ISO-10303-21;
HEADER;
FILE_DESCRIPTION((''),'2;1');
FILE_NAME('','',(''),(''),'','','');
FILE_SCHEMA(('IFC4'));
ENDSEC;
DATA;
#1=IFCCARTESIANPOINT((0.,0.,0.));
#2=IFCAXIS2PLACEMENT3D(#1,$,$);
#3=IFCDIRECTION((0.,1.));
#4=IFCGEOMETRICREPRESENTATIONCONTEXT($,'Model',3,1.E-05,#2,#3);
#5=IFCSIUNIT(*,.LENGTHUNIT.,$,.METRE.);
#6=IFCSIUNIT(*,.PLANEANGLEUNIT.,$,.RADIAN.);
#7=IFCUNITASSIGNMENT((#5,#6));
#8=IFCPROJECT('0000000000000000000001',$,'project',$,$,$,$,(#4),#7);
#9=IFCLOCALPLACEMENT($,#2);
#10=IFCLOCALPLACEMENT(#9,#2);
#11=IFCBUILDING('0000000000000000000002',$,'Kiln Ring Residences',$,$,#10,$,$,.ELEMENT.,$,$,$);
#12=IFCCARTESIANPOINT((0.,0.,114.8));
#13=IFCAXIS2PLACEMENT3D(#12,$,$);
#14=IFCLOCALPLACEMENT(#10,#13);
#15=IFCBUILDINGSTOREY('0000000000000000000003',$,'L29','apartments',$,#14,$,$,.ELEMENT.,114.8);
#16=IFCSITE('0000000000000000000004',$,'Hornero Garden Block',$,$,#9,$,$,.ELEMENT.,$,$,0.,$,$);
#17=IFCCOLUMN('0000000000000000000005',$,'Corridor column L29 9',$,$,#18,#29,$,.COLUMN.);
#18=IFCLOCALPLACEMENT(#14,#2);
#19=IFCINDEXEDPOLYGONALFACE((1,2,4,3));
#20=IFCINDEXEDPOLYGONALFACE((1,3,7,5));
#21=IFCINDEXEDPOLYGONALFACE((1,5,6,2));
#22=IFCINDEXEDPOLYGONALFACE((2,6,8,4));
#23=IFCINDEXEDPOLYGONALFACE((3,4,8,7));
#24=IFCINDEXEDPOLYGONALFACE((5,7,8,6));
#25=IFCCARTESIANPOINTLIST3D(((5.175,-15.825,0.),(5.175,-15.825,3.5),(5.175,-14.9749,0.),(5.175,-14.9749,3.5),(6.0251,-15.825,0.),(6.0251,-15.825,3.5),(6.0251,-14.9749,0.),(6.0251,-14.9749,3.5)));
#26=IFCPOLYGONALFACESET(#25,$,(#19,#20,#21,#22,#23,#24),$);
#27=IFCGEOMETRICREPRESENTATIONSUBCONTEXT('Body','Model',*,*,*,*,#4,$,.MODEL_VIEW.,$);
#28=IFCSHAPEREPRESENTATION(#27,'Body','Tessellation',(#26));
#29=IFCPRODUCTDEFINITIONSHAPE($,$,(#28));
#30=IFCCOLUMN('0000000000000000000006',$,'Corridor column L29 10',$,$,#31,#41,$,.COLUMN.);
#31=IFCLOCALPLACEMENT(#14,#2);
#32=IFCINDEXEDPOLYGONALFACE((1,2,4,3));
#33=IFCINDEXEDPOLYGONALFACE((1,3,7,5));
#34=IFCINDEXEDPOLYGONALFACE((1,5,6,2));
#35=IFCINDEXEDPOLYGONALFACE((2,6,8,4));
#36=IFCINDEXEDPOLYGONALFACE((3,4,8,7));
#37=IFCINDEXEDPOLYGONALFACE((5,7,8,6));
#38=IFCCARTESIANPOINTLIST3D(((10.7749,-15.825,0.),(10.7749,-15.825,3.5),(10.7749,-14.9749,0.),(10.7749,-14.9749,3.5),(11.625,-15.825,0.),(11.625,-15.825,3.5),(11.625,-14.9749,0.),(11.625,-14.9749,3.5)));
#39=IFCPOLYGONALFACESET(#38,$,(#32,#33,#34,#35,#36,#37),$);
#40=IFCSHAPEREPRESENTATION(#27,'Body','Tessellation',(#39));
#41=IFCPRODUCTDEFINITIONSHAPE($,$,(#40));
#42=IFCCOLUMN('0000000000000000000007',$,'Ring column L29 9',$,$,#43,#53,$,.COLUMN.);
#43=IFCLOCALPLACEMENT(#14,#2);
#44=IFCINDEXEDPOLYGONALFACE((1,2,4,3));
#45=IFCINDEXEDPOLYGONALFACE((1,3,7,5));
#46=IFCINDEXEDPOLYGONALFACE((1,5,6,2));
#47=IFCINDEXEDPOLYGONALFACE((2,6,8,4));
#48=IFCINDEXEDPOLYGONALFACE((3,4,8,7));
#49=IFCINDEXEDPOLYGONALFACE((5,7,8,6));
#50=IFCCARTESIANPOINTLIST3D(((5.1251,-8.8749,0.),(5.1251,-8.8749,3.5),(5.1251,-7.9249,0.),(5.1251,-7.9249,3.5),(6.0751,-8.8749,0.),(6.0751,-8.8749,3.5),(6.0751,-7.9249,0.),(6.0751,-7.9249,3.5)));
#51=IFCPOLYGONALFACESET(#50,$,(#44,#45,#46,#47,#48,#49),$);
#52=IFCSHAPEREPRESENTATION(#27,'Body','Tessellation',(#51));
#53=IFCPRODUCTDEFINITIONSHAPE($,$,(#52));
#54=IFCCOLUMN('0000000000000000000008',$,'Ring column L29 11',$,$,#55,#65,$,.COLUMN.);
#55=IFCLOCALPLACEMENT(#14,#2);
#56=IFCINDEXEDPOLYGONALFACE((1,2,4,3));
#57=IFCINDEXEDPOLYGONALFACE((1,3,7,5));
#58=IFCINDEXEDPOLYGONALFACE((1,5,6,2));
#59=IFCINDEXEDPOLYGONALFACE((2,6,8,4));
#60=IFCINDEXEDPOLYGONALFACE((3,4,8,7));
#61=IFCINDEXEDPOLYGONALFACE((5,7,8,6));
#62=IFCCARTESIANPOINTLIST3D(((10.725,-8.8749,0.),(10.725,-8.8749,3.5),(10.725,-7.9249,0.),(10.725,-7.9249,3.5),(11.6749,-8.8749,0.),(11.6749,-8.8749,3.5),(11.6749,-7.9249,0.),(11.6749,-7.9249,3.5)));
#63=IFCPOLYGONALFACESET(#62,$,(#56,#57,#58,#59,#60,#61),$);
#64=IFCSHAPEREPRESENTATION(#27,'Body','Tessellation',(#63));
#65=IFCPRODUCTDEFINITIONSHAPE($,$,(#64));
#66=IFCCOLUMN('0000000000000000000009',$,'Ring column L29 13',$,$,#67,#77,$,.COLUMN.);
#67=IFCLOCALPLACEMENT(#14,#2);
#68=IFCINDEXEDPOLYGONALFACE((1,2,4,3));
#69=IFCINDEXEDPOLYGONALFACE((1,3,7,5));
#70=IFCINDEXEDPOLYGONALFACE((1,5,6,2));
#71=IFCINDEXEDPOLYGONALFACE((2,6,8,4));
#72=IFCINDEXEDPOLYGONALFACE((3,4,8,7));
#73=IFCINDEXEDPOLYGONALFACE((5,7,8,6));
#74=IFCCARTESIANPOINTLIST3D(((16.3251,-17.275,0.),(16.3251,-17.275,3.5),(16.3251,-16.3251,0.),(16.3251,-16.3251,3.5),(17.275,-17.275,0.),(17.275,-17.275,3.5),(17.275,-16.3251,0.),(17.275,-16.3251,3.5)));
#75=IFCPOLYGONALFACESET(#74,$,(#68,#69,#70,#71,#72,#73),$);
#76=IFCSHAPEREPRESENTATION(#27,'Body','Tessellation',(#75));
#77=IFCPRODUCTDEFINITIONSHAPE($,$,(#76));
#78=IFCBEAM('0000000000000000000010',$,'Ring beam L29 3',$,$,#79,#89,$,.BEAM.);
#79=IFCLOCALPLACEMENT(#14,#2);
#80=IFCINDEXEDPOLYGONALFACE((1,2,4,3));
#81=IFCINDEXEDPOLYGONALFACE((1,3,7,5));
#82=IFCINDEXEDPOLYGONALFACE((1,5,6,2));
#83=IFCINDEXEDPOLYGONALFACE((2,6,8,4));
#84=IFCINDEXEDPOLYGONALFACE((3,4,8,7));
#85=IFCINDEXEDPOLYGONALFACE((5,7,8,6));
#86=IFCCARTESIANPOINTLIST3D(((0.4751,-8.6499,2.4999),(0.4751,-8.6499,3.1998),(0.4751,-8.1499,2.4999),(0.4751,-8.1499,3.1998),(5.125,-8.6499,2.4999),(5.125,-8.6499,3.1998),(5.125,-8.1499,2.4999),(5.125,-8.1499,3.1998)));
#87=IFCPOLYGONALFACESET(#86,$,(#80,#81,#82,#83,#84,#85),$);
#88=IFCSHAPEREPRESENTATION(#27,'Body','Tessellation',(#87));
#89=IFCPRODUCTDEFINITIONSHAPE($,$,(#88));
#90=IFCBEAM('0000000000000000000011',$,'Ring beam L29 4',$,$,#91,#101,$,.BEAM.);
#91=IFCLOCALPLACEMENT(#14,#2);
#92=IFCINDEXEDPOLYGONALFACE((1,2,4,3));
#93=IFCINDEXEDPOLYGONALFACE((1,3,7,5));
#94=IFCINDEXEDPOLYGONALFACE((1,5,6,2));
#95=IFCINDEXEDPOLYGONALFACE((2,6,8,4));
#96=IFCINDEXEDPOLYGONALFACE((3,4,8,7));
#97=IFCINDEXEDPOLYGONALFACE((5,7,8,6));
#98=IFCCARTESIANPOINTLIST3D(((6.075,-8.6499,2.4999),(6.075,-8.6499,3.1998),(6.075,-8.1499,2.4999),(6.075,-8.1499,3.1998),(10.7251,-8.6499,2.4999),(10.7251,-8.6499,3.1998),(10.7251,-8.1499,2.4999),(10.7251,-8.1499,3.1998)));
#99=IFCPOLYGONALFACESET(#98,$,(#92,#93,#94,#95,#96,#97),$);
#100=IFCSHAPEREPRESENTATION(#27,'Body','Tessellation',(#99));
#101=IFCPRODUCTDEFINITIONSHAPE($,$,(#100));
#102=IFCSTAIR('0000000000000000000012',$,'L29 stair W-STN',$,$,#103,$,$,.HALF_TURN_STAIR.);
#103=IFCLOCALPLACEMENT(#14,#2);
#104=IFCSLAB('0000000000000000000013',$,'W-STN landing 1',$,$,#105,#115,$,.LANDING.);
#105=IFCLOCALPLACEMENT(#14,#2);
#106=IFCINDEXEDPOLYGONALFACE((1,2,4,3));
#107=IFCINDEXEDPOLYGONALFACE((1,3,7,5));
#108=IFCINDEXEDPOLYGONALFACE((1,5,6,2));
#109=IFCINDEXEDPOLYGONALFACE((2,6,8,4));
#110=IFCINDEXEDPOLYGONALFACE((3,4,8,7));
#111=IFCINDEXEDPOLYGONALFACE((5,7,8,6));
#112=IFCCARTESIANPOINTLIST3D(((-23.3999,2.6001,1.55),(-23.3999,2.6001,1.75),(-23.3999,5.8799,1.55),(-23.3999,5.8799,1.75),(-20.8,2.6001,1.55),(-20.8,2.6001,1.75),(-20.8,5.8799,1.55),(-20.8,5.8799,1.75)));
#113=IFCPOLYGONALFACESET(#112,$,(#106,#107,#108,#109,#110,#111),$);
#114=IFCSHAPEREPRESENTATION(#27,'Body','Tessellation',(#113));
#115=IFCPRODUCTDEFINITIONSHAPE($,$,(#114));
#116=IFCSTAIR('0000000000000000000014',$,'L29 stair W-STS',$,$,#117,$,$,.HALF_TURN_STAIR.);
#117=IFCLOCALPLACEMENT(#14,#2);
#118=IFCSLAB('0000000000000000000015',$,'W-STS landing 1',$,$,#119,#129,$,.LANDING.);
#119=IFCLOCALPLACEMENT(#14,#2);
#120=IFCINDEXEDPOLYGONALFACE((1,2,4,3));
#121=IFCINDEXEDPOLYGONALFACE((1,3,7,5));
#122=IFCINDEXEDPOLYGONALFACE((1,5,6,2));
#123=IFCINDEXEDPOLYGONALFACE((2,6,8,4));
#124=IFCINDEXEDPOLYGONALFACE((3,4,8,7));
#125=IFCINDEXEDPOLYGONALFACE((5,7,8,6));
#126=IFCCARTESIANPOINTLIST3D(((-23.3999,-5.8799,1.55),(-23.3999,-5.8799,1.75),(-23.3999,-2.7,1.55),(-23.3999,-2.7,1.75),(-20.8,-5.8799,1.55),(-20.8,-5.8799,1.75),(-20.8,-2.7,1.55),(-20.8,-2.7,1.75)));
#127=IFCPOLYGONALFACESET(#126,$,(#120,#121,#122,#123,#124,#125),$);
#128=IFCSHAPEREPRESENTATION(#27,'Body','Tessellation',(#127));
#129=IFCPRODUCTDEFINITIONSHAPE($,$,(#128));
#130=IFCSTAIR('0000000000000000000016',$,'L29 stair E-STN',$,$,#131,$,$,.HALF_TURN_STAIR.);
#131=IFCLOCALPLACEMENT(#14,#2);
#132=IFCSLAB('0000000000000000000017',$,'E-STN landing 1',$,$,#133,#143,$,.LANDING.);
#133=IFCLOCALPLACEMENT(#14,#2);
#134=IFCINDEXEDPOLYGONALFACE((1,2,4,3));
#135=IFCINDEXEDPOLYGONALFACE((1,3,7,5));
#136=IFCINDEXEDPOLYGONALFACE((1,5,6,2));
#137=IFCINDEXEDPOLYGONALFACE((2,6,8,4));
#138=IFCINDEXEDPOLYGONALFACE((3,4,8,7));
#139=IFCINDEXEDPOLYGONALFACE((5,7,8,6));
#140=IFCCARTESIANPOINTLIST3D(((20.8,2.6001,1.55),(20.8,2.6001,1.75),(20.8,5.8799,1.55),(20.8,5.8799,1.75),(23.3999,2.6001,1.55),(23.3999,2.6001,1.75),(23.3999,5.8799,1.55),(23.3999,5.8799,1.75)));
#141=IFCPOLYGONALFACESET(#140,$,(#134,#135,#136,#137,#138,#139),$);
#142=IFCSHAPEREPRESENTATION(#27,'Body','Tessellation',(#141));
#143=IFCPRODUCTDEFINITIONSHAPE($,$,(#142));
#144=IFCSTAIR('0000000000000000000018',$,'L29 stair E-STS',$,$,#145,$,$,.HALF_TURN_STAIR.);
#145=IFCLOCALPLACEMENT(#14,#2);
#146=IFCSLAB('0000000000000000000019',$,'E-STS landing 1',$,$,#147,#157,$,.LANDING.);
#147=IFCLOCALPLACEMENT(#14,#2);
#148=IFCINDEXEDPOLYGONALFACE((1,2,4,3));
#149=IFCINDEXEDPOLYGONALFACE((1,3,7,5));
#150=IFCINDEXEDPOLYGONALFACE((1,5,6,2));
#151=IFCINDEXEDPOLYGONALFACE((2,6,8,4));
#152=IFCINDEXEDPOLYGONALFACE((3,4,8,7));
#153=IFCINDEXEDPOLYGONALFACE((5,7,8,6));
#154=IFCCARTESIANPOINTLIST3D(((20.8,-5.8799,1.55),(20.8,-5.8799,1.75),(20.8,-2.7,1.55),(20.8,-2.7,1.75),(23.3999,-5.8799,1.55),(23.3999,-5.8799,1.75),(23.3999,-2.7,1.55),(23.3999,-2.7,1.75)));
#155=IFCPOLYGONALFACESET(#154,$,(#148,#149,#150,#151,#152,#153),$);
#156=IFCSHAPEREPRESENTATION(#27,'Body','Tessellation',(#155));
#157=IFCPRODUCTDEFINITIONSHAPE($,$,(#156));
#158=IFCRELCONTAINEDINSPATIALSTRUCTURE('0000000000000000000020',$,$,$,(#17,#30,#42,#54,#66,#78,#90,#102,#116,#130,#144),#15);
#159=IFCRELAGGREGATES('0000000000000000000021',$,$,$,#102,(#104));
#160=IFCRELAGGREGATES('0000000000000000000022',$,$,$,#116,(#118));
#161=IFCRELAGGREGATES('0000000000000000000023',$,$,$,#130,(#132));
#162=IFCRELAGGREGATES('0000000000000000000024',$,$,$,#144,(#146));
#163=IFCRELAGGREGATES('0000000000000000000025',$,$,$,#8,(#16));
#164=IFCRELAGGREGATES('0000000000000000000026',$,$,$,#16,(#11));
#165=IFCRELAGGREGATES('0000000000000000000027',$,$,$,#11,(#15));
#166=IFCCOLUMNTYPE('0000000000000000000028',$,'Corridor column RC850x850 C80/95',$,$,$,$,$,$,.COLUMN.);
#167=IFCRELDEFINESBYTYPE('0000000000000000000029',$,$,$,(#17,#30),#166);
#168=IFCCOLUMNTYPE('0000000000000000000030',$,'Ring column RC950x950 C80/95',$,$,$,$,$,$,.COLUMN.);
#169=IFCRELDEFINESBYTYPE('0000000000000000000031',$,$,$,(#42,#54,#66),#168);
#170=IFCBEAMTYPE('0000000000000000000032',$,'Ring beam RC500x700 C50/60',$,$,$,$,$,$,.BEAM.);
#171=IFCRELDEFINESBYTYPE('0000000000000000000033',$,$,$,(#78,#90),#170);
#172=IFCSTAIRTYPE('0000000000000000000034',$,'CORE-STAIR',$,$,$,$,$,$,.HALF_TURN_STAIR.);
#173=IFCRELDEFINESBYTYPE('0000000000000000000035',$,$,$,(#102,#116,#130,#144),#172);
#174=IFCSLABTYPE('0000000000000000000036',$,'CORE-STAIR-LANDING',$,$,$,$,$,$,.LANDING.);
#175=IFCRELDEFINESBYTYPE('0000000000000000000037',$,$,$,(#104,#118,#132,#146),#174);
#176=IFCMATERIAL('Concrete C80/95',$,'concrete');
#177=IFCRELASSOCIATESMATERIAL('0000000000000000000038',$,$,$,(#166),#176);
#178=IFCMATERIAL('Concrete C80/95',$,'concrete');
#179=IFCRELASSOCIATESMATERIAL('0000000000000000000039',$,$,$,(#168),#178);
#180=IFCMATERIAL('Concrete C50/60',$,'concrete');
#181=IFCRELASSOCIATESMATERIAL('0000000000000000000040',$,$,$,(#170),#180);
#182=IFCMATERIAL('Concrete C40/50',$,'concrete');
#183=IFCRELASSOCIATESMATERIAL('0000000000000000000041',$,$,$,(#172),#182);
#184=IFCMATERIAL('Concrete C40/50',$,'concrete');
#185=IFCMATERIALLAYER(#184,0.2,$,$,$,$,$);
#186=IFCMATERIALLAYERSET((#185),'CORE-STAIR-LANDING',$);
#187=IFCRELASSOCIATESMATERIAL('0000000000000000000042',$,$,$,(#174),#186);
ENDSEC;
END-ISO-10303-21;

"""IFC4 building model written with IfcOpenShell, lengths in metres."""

from ifc_helpers import new_model, si_unit, direction, frame, origin, origin_2d, place, context, subcontext, project, spatial, polyline, rectangle, outline, extrude, material, layer, layer_set, material_profile, profile_set, type_object, element, aggregate, save


model = new_model("IFC4")

# Units and contexts
model_context = context("Model", 3, precision=1e-05, world=origin(), true_north=direction((0.0, 1.0)))
body_context = subcontext(model_context, "Body", "Model", "MODEL_VIEW")
ifc_project = project(units=[si_unit("LENGTHUNIT", "METRE"), si_unit("PLANEANGLEUNIT", "RADIAN")], contexts=[model_context])

# Site, building, storey
site_placement = place(None, origin())
site = spatial("IfcSite", under=ifc_project, at=site_placement, Name="Hornero Garden Block", CompositionType="ELEMENT", RefElevation=0.0)
building_placement = place(site_placement, origin())
building = spatial("IfcBuilding", under=site, at=building_placement, Name="Kiln Ring Residences", CompositionType="ELEMENT")
storey_placement = place(building_placement, frame((0.0, 0.0, 114.8)))
storey = spatial("IfcBuildingStorey", under=building, at=storey_placement, Name="L29", Description="apartments", CompositionType="ELEMENT", Elevation=114.8)

# Columns
ifc_material_1 = material(Name="Concrete C80/95", Category="concrete")
ifc_material_profile_1 = material_profile(ifc_material_1, rectangle(XDim=0.8501, YDim=0.8501, at=origin_2d()), Name="RC850x850")
ifc_profile_set_1 = profile_set([ifc_material_profile_1], Name="Concrete C80/95")
column_type_1 = type_object("IfcColumnType", Name="Corridor column RC850x850 C80/95", PredefinedType="COLUMN", material=ifc_profile_set_1)
for number, where, z_axis, x_axis, name in (
    (1, (5.6001, -15.3999, 0.0), (0.0, 0.0, 1.0), (1.0, 0.0, 0.0), "Corridor column L29 9"),
    (2, (11.2, -15.3999, 0.0), (0.0, 0.0, 1.0), (1.0, 0.0, 0.0), "Corridor column L29 10"),
):
    element("IfcColumn", number, at=place(storey_placement, frame(where, z_axis=z_axis, x_axis=x_axis)), inside=storey, type_object=column_type_1, Name=name, PredefinedType="COLUMN", context=body_context, shape_type="SweptSolid", body=[
        extrude(rectangle(XDim=0.8501, YDim=0.8501, at=origin_2d()), origin(), (0.0, 0.0, 1.0), 3.5),
    ])
ifc_material_2 = material(Name="Concrete C80/95", Category="concrete")
ifc_material_profile_2 = material_profile(ifc_material_2, rectangle(XDim=0.95, YDim=0.95, at=origin_2d()), Name="RC950x950")
ifc_profile_set_2 = profile_set([ifc_material_profile_2], Name="Concrete C80/95")
column_type_2 = type_object("IfcColumnType", Name="Ring column RC950x950 C80/95", PredefinedType="COLUMN", material=ifc_profile_set_2)
for number, where, z_axis, x_axis, name in (
    (3, (5.6001, -8.3999, 0.0), (0.0, 0.0, 1.0), (1.0, 0.0, 0.0), "Ring column L29 9"),
    (4, (11.2, -8.3999, 0.0), (0.0, 0.0, 1.0), (1.0, 0.0, 0.0), "Ring column L29 11"),
    (5, (16.8, -16.8, 0.0), (0.0, 0.0, 1.0), (1.0, 0.0, 0.0), "Ring column L29 13"),
):
    element("IfcColumn", number, at=place(storey_placement, frame(where, z_axis=z_axis, x_axis=x_axis)), inside=storey, type_object=column_type_2, Name=name, PredefinedType="COLUMN", context=body_context, shape_type="SweptSolid", body=[
        extrude(rectangle(XDim=0.95, YDim=0.95, at=origin_2d()), origin(), (0.0, 0.0, 1.0), 3.5),
    ])

# Beams
ifc_material_3 = material(Name="Concrete C50/60", Category="concrete")
ifc_material_profile_3 = material_profile(ifc_material_3, rectangle(XDim=0.5, YDim=0.7, at=origin_2d()), Name="RC500x700")
ifc_profile_set_3 = profile_set([ifc_material_profile_3], Name="Concrete C50/60")
beam_type = type_object("IfcBeamType", Name="Ring beam RC500x700 C50/60", PredefinedType="BEAM", material=ifc_profile_set_3)
beam_1_placement = place(storey_placement, frame((0.4751, -8.3999, 2.8499), z_axis=(1.0, 0.0, 0.0), x_axis=(0.0, 1.0, 0.0)))
element("IfcBeam", 6, at=beam_1_placement, inside=storey, type_object=beam_type, Name="Ring beam L29 3", PredefinedType="BEAM", context=body_context, shape_type="SweptSolid", body=[
    extrude(rectangle(XDim=0.5, YDim=0.7, at=origin_2d()), origin(), (0.0, 0.0, 1.0), 4.6499),
])
beam_2_placement = place(storey_placement, frame((6.075, -8.3999, 2.8499), z_axis=(1.0, 0.0, 0.0), x_axis=(0.0, 1.0, 0.0)))
element("IfcBeam", 7, at=beam_2_placement, inside=storey, type_object=beam_type, Name="Ring beam L29 4", PredefinedType="BEAM", context=body_context, shape_type="SweptSolid", body=[
    extrude(rectangle(XDim=0.5, YDim=0.7, at=origin_2d()), origin(), (0.0, 0.0, 1.0), 4.6501),
])

# Stairs, slabs
ifc_material_4 = material(Name="Concrete C40/50", Category="concrete")
stair_type = type_object("IfcStairType", Name="CORE-STAIR", PredefinedType="HALF_TURN_STAIR", material=ifc_material_4)
placement_1 = place(storey_placement, origin())
stair_1 = element("IfcStair", 8, at=placement_1, inside=storey, type_object=stair_type, Name="L29 stair W-STN", PredefinedType="HALF_TURN_STAIR")
ifc_material_5 = material(Name="Concrete C40/50", Category="concrete")
ifc_layer_1 = layer(ifc_material_5, 0.2)
ifc_layer_set_1 = layer_set([ifc_layer_1], Name="CORE-STAIR-LANDING")
slab_type = type_object("IfcSlabType", Name="CORE-STAIR-LANDING", PredefinedType="LANDING", material=ifc_layer_set_1)
placement_2 = place(storey_placement, frame((0.0, 0.0, 1.55)))
slab_1 = element("IfcSlab", 9, at=placement_2, type_object=slab_type, Name="W-STN landing 1", PredefinedType="LANDING", context=body_context, shape_type="SweptSolid", body=[
    extrude(outline(polyline([(-23.3999, 5.8799), (-23.3999, 2.6001), (-20.8, 2.6001), (-20.8, 5.8799), (-23.3999, 5.8799)])), origin(), (0.0, 0.0, 1.0), 0.2),
])
aggregate(stair_1, [slab_1])
stair_2 = element("IfcStair", 10, at=placement_1, inside=storey, type_object=stair_type, Name="L29 stair W-STS", PredefinedType="HALF_TURN_STAIR")
slab_2 = element("IfcSlab", 11, at=placement_2, type_object=slab_type, Name="W-STS landing 1", PredefinedType="LANDING", context=body_context, shape_type="SweptSolid", body=[
    extrude(outline(polyline([(-20.8, -5.8799), (-20.8, -2.7), (-23.3999, -2.7), (-23.3999, -5.8799), (-20.8, -5.8799)])), origin(), (0.0, 0.0, 1.0), 0.2),
])
aggregate(stair_2, [slab_2])
stair_3 = element("IfcStair", 12, at=placement_1, inside=storey, type_object=stair_type, Name="L29 stair E-STN", PredefinedType="HALF_TURN_STAIR")
slab_3 = element("IfcSlab", 13, at=placement_2, type_object=slab_type, Name="E-STN landing 1", PredefinedType="LANDING", context=body_context, shape_type="SweptSolid", body=[
    extrude(outline(polyline([(20.8, 5.8799), (20.8, 2.6001), (23.3999, 2.6001), (23.3999, 5.8799), (20.8, 5.8799)])), origin(), (0.0, 0.0, 1.0), 0.2),
])
aggregate(stair_3, [slab_3])
stair_4 = element("IfcStair", 14, at=placement_1, inside=storey, type_object=stair_type, Name="L29 stair E-STS", PredefinedType="HALF_TURN_STAIR")
slab_4 = element("IfcSlab", 15, at=placement_2, type_object=slab_type, Name="E-STS landing 1", PredefinedType="LANDING", context=body_context, shape_type="SweptSolid", body=[
    extrude(outline(polyline([(23.3999, -5.8799), (23.3999, -2.7), (20.8, -2.7), (20.8, -5.8799), (23.3999, -5.8799)])), origin(), (0.0, 0.0, 1.0), 0.2),
])
aggregate(stair_4, [slab_4])

save(model, "model.ifc")
